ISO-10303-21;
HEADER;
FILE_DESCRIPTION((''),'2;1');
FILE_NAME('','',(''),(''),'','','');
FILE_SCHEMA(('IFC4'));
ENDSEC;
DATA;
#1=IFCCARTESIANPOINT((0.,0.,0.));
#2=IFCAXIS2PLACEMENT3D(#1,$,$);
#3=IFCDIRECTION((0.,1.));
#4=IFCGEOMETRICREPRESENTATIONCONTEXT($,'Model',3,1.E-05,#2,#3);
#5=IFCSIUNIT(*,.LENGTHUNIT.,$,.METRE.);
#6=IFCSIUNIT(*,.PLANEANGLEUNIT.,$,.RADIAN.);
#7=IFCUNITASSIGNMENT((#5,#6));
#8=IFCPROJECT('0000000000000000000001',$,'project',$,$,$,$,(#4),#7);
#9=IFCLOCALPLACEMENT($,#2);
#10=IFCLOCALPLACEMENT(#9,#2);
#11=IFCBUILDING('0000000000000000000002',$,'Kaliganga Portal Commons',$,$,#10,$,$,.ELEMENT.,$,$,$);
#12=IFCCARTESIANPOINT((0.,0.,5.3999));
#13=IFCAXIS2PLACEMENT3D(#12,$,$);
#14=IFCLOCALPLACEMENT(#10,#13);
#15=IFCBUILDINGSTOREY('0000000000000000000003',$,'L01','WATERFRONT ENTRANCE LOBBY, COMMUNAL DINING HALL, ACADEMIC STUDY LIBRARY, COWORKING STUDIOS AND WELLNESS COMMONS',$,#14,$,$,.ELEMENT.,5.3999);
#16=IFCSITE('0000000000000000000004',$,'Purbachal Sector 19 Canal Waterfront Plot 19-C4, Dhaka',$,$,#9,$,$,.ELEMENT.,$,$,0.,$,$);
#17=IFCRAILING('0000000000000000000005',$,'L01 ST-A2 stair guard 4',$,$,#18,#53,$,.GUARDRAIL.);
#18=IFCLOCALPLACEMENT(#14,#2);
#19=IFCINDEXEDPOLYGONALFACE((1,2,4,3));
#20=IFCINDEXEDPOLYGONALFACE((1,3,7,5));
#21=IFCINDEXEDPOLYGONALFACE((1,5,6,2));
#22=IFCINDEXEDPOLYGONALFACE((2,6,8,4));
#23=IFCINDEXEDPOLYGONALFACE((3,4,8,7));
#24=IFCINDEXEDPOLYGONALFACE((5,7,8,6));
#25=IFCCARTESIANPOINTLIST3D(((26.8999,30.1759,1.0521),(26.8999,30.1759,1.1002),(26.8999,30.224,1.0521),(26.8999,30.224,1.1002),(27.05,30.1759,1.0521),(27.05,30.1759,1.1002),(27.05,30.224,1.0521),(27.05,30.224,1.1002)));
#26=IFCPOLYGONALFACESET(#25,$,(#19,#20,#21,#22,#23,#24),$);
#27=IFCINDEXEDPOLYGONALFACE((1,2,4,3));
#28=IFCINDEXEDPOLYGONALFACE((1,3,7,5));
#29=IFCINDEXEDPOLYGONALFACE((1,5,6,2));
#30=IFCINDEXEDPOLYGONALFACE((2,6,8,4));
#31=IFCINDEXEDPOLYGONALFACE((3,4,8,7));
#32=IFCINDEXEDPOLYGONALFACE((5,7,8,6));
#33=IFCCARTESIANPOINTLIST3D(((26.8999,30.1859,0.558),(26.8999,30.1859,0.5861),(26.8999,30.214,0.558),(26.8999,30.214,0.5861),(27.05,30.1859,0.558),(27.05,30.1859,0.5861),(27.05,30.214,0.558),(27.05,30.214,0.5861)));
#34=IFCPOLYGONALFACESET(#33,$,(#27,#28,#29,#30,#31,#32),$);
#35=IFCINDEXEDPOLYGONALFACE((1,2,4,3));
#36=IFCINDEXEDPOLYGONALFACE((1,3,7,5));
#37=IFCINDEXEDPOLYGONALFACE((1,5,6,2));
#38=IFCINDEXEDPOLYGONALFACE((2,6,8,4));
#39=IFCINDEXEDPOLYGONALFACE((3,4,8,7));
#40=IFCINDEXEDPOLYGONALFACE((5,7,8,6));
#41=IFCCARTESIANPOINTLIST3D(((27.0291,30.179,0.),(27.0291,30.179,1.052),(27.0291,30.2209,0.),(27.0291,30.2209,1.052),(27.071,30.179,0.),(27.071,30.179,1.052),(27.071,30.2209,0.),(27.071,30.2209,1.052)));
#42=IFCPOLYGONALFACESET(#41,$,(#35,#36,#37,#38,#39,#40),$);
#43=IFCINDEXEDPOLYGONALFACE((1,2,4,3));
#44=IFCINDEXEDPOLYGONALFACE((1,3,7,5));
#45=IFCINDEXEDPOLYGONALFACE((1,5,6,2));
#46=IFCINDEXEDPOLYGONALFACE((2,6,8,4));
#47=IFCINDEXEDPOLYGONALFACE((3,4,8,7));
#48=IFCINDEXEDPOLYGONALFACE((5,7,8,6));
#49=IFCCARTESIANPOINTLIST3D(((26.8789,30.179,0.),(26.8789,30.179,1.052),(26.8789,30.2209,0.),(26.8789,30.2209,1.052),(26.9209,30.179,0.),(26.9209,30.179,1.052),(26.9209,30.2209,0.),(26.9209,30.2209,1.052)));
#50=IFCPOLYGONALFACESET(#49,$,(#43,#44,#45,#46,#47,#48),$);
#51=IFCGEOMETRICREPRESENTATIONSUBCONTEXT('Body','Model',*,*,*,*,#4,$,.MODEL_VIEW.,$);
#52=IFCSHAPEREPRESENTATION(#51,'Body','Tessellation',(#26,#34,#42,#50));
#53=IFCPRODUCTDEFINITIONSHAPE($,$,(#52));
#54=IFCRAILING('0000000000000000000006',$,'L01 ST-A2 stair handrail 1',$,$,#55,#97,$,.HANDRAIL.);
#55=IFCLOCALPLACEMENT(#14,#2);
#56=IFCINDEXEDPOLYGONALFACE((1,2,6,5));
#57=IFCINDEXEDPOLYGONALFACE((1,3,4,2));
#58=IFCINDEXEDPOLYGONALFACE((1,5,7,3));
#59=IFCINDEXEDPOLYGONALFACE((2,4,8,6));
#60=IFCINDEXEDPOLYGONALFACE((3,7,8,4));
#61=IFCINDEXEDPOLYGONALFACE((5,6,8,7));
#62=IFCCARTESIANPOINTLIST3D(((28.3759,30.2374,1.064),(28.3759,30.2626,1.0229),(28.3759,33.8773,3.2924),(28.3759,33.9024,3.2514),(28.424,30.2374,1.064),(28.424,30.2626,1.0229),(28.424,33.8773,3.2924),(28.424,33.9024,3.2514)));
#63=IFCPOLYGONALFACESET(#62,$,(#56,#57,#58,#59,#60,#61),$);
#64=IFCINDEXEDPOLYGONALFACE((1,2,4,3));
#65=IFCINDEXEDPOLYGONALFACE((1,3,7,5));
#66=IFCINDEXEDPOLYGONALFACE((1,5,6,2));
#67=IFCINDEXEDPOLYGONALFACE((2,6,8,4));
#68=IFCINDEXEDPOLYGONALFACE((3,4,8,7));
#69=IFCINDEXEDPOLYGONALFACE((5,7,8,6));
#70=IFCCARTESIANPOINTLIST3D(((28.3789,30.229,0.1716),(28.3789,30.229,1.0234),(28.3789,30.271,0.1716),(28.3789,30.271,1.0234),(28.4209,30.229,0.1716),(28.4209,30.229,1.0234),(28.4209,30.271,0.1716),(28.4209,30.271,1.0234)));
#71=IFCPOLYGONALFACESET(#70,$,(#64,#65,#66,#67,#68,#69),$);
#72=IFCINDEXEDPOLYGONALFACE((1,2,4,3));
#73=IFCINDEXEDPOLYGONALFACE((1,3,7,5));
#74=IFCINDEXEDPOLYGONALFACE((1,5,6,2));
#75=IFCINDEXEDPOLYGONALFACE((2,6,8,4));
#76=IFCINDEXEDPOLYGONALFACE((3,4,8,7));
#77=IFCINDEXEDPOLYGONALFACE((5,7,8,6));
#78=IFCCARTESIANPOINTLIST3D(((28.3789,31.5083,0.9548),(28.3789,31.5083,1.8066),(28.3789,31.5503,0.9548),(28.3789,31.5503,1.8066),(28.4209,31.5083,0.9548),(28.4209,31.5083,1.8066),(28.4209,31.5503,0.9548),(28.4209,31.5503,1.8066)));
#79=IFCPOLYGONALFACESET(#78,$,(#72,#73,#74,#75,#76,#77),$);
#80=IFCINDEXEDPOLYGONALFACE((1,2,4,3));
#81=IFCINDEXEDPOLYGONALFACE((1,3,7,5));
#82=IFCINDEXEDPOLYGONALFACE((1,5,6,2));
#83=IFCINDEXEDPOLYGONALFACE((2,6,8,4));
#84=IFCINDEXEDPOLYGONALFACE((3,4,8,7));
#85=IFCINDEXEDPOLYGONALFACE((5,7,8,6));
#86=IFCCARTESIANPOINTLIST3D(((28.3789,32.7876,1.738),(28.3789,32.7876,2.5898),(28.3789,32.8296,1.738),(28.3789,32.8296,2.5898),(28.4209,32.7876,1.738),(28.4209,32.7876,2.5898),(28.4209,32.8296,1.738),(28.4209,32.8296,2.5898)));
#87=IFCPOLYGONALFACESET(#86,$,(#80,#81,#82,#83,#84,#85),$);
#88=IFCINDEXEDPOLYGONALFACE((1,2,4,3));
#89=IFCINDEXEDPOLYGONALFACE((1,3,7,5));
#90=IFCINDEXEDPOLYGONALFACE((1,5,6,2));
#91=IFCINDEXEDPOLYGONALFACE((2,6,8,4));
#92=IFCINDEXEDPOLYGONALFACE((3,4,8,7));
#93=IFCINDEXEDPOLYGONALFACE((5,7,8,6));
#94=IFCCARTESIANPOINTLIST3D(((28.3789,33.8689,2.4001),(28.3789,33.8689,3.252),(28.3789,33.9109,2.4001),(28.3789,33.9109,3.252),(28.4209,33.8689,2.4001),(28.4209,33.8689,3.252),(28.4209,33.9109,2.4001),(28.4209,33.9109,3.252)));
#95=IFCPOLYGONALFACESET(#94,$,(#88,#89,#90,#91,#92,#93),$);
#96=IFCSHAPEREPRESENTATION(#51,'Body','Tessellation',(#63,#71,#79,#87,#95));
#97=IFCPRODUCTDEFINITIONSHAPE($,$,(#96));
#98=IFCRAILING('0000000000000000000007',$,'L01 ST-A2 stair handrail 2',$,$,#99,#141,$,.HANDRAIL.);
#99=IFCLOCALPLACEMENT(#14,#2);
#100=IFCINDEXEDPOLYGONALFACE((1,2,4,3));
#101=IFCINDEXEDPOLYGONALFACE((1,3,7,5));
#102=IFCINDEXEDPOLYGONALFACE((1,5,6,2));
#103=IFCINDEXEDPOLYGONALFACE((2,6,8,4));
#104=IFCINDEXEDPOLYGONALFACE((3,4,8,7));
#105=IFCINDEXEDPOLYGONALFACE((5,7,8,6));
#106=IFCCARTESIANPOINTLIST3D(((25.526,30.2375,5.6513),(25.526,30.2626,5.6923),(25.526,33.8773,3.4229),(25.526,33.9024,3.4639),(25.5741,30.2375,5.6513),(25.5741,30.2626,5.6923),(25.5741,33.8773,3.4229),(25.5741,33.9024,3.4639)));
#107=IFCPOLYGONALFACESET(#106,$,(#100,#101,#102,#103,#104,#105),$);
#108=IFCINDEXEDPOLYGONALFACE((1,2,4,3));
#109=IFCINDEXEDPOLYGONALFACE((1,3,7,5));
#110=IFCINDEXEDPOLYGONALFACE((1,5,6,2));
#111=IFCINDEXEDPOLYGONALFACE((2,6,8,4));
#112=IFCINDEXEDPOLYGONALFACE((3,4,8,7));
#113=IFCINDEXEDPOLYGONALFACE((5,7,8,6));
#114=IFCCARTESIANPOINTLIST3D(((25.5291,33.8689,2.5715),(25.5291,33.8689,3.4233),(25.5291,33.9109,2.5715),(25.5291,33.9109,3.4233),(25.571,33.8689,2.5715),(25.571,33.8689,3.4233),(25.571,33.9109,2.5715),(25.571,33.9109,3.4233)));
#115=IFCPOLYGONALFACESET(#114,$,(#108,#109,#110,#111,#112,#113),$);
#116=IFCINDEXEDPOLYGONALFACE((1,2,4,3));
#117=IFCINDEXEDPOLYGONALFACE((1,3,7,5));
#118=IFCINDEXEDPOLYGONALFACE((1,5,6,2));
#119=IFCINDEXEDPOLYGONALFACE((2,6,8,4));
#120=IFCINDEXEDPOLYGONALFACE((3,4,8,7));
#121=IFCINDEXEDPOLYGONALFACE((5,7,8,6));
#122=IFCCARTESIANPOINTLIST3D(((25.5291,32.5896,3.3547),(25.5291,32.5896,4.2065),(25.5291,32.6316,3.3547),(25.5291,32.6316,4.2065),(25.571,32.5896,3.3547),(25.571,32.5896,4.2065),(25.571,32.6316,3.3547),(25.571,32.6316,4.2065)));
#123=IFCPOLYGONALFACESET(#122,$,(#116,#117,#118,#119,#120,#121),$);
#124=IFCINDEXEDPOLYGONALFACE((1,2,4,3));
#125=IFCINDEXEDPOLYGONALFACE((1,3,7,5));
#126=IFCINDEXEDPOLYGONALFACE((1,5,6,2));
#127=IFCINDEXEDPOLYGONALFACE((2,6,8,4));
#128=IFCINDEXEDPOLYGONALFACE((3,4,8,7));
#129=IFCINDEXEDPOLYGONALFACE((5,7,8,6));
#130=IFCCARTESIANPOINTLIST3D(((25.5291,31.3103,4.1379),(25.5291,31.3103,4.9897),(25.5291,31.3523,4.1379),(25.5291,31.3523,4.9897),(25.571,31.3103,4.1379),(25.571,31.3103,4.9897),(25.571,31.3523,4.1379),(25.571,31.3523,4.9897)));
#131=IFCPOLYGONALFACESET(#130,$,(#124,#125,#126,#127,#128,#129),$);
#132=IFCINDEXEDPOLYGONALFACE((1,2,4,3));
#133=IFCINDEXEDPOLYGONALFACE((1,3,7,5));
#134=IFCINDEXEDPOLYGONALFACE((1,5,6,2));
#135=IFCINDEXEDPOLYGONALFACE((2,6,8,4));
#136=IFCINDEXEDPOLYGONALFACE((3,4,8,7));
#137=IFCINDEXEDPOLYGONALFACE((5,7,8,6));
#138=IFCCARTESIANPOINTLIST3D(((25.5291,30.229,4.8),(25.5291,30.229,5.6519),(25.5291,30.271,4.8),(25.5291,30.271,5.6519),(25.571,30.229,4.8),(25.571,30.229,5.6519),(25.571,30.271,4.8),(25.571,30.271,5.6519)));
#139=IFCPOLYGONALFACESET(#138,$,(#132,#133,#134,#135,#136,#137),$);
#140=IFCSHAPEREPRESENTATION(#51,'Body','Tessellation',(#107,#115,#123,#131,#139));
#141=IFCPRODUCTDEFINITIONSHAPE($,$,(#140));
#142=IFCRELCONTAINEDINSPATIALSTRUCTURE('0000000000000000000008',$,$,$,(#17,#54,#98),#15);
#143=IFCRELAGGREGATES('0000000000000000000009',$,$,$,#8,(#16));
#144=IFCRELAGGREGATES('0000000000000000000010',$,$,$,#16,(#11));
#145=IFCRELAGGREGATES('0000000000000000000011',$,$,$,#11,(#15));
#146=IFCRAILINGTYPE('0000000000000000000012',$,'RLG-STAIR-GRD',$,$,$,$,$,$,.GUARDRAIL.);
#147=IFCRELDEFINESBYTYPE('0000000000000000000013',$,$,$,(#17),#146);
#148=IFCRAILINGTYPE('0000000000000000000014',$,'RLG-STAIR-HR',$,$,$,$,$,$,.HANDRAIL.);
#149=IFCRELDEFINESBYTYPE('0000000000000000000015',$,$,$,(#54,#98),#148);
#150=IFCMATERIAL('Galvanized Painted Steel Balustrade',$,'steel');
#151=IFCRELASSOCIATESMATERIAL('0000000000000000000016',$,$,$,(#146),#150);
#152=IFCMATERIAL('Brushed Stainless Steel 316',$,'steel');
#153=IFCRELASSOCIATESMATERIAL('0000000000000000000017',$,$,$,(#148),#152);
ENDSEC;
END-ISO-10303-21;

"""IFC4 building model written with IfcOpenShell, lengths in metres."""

from ifc_helpers import new_model, si_unit, direction, frame, origin, origin_2d, place, context, subcontext, project, spatial, rectangle, extrude, material, type_object, element, save


model = new_model("IFC4")

# Units and contexts
model_context = context("Model", 3, precision=1e-05, world=origin(), true_north=direction((0.0, 1.0)))
body_context = subcontext(model_context, "Body", "Model", "MODEL_VIEW")
ifc_project = project(units=[si_unit("LENGTHUNIT", "METRE"), si_unit("PLANEANGLEUNIT", "RADIAN")], contexts=[model_context])

# Site, building, storey
site_placement = place(None, origin())
site = spatial("IfcSite", under=ifc_project, at=site_placement, Name="Purbachal Sector 19 Canal Waterfront Plot 19-C4, Dhaka", CompositionType="ELEMENT", RefElevation=0.0)
building_placement = place(site_placement, origin())
building = spatial("IfcBuilding", under=site, at=building_placement, Name="Kaliganga Portal Commons", CompositionType="ELEMENT")
storey_placement = place(building_placement, frame((0.0, 0.0, 5.3999)))
storey = spatial("IfcBuildingStorey", under=building, at=storey_placement, Name="L01", Description="WATERFRONT ENTRANCE LOBBY, COMMUNAL DINING HALL, ACADEMIC STUDY LIBRARY, COWORKING STUDIOS AND WELLNESS COMMONS", CompositionType="ELEMENT", Elevation=5.3999)

# Railings
ifc_material_1 = material(Name="Galvanized Painted Steel Balustrade", Category="steel")
railing_type_1 = type_object("IfcRailingType", Name="RLG-STAIR-GRD", PredefinedType="GUARDRAIL", material=ifc_material_1)
railing_1_placement = place(storey_placement, frame((27.05, 30.2, 0.0)))
element("IfcRailing", 1, at=railing_1_placement, inside=storey, type_object=railing_type_1, Name="L01 ST-A2 stair guard 4", PredefinedType="GUARDRAIL", context=body_context, shape_type="SweptSolid", body=[
    extrude(rectangle(XDim=0.0481, YDim=0.0481, at=origin_2d()), frame((0.0, 0.0, 1.0762), z_axis=(-1.0, 0.0, 0.0), x_axis=(0.0, -1.0, 0.0)), (0.0, 0.0, 1.0), 0.1501),
    extrude(rectangle(XDim=0.0281, YDim=0.0281, at=origin_2d()), frame((0.0, 0.0, 0.572), z_axis=(-1.0, 0.0, 0.0), x_axis=(0.0, -1.0, 0.0)), (0.0, 0.0, 1.0), 0.1501),
    extrude(rectangle(XDim=0.042, YDim=0.042, at=origin_2d()), origin(), (0.0, 0.0, 1.0), 1.052),
    extrude(rectangle(XDim=0.042, YDim=0.042, at=origin_2d()), frame((-0.1501, 0.0, 0.0)), (0.0, 0.0, 1.0), 1.052),
])
ifc_material_2 = material(Name="Brushed Stainless Steel 316", Category="steel")
railing_type_2 = type_object("IfcRailingType", Name="RLG-STAIR-HR", PredefinedType="HANDRAIL", material=ifc_material_2)
railing_2_placement = place(storey_placement, frame((28.3999, 30.25, 0.1716)))
element("IfcRailing", 2, at=railing_2_placement, inside=storey, type_object=railing_type_2, Name="L01 ST-A2 stair handrail 1", PredefinedType="HANDRAIL", context=body_context, shape_type="SweptSolid", body=[
    extrude(rectangle(XDim=0.0481, YDim=0.0481, at=origin_2d()), frame((0.0, 0.0, 0.8718), z_axis=(0.0, 0.85285, 0.522156), x_axis=(-1.0, 0.0, 0.0)), (0.0, 0.0, 1.0), 4.2678),
    extrude(rectangle(XDim=0.042, YDim=0.042, at=origin_2d()), origin(), (0.0, 0.0, 1.0), 0.8518),
    extrude(rectangle(XDim=0.042, YDim=0.042, at=origin_2d()), frame((0.0, 1.2793, 0.7832)), (0.0, 0.0, 1.0), 0.8518),
    extrude(rectangle(XDim=0.042, YDim=0.042, at=origin_2d()), frame((0.0, 2.5586, 1.5664)), (0.0, 0.0, 1.0), 0.8518),
    extrude(rectangle(XDim=0.042, YDim=0.042, at=origin_2d()), frame((0.0, 3.6399, 2.2285)), (0.0, 0.0, 1.0), 0.8518),
])
railing_3_placement = place(storey_placement, frame((25.55, 33.8899, 2.5715)))
element("IfcRailing", 3, at=railing_3_placement, inside=storey, type_object=railing_type_2, Name="L01 ST-A2 stair handrail 2", PredefinedType="HANDRAIL", context=body_context, shape_type="SweptSolid", body=[
    extrude(rectangle(XDim=0.0481, YDim=0.0481, at=origin_2d()), frame((0.0, 0.0, 0.8718), z_axis=(0.0, -0.85285, 0.522156), x_axis=(1.0, 0.0, 0.0)), (0.0, 0.0, 1.0), 4.2678),
    extrude(rectangle(XDim=0.042, YDim=0.042, at=origin_2d()), origin(), (0.0, 0.0, 1.0), 0.8518),
    extrude(rectangle(XDim=0.042, YDim=0.042, at=origin_2d()), frame((0.0, -1.2793, 0.7832)), (0.0, 0.0, 1.0), 0.8518),
    extrude(rectangle(XDim=0.042, YDim=0.042, at=origin_2d()), frame((0.0, -2.5586, 1.5664)), (0.0, 0.0, 1.0), 0.8518),
    extrude(rectangle(XDim=0.042, YDim=0.042, at=origin_2d()), frame((0.0, -3.6399, 2.2285)), (0.0, 0.0, 1.0), 0.8518),
])

save(model, "model.ifc")
